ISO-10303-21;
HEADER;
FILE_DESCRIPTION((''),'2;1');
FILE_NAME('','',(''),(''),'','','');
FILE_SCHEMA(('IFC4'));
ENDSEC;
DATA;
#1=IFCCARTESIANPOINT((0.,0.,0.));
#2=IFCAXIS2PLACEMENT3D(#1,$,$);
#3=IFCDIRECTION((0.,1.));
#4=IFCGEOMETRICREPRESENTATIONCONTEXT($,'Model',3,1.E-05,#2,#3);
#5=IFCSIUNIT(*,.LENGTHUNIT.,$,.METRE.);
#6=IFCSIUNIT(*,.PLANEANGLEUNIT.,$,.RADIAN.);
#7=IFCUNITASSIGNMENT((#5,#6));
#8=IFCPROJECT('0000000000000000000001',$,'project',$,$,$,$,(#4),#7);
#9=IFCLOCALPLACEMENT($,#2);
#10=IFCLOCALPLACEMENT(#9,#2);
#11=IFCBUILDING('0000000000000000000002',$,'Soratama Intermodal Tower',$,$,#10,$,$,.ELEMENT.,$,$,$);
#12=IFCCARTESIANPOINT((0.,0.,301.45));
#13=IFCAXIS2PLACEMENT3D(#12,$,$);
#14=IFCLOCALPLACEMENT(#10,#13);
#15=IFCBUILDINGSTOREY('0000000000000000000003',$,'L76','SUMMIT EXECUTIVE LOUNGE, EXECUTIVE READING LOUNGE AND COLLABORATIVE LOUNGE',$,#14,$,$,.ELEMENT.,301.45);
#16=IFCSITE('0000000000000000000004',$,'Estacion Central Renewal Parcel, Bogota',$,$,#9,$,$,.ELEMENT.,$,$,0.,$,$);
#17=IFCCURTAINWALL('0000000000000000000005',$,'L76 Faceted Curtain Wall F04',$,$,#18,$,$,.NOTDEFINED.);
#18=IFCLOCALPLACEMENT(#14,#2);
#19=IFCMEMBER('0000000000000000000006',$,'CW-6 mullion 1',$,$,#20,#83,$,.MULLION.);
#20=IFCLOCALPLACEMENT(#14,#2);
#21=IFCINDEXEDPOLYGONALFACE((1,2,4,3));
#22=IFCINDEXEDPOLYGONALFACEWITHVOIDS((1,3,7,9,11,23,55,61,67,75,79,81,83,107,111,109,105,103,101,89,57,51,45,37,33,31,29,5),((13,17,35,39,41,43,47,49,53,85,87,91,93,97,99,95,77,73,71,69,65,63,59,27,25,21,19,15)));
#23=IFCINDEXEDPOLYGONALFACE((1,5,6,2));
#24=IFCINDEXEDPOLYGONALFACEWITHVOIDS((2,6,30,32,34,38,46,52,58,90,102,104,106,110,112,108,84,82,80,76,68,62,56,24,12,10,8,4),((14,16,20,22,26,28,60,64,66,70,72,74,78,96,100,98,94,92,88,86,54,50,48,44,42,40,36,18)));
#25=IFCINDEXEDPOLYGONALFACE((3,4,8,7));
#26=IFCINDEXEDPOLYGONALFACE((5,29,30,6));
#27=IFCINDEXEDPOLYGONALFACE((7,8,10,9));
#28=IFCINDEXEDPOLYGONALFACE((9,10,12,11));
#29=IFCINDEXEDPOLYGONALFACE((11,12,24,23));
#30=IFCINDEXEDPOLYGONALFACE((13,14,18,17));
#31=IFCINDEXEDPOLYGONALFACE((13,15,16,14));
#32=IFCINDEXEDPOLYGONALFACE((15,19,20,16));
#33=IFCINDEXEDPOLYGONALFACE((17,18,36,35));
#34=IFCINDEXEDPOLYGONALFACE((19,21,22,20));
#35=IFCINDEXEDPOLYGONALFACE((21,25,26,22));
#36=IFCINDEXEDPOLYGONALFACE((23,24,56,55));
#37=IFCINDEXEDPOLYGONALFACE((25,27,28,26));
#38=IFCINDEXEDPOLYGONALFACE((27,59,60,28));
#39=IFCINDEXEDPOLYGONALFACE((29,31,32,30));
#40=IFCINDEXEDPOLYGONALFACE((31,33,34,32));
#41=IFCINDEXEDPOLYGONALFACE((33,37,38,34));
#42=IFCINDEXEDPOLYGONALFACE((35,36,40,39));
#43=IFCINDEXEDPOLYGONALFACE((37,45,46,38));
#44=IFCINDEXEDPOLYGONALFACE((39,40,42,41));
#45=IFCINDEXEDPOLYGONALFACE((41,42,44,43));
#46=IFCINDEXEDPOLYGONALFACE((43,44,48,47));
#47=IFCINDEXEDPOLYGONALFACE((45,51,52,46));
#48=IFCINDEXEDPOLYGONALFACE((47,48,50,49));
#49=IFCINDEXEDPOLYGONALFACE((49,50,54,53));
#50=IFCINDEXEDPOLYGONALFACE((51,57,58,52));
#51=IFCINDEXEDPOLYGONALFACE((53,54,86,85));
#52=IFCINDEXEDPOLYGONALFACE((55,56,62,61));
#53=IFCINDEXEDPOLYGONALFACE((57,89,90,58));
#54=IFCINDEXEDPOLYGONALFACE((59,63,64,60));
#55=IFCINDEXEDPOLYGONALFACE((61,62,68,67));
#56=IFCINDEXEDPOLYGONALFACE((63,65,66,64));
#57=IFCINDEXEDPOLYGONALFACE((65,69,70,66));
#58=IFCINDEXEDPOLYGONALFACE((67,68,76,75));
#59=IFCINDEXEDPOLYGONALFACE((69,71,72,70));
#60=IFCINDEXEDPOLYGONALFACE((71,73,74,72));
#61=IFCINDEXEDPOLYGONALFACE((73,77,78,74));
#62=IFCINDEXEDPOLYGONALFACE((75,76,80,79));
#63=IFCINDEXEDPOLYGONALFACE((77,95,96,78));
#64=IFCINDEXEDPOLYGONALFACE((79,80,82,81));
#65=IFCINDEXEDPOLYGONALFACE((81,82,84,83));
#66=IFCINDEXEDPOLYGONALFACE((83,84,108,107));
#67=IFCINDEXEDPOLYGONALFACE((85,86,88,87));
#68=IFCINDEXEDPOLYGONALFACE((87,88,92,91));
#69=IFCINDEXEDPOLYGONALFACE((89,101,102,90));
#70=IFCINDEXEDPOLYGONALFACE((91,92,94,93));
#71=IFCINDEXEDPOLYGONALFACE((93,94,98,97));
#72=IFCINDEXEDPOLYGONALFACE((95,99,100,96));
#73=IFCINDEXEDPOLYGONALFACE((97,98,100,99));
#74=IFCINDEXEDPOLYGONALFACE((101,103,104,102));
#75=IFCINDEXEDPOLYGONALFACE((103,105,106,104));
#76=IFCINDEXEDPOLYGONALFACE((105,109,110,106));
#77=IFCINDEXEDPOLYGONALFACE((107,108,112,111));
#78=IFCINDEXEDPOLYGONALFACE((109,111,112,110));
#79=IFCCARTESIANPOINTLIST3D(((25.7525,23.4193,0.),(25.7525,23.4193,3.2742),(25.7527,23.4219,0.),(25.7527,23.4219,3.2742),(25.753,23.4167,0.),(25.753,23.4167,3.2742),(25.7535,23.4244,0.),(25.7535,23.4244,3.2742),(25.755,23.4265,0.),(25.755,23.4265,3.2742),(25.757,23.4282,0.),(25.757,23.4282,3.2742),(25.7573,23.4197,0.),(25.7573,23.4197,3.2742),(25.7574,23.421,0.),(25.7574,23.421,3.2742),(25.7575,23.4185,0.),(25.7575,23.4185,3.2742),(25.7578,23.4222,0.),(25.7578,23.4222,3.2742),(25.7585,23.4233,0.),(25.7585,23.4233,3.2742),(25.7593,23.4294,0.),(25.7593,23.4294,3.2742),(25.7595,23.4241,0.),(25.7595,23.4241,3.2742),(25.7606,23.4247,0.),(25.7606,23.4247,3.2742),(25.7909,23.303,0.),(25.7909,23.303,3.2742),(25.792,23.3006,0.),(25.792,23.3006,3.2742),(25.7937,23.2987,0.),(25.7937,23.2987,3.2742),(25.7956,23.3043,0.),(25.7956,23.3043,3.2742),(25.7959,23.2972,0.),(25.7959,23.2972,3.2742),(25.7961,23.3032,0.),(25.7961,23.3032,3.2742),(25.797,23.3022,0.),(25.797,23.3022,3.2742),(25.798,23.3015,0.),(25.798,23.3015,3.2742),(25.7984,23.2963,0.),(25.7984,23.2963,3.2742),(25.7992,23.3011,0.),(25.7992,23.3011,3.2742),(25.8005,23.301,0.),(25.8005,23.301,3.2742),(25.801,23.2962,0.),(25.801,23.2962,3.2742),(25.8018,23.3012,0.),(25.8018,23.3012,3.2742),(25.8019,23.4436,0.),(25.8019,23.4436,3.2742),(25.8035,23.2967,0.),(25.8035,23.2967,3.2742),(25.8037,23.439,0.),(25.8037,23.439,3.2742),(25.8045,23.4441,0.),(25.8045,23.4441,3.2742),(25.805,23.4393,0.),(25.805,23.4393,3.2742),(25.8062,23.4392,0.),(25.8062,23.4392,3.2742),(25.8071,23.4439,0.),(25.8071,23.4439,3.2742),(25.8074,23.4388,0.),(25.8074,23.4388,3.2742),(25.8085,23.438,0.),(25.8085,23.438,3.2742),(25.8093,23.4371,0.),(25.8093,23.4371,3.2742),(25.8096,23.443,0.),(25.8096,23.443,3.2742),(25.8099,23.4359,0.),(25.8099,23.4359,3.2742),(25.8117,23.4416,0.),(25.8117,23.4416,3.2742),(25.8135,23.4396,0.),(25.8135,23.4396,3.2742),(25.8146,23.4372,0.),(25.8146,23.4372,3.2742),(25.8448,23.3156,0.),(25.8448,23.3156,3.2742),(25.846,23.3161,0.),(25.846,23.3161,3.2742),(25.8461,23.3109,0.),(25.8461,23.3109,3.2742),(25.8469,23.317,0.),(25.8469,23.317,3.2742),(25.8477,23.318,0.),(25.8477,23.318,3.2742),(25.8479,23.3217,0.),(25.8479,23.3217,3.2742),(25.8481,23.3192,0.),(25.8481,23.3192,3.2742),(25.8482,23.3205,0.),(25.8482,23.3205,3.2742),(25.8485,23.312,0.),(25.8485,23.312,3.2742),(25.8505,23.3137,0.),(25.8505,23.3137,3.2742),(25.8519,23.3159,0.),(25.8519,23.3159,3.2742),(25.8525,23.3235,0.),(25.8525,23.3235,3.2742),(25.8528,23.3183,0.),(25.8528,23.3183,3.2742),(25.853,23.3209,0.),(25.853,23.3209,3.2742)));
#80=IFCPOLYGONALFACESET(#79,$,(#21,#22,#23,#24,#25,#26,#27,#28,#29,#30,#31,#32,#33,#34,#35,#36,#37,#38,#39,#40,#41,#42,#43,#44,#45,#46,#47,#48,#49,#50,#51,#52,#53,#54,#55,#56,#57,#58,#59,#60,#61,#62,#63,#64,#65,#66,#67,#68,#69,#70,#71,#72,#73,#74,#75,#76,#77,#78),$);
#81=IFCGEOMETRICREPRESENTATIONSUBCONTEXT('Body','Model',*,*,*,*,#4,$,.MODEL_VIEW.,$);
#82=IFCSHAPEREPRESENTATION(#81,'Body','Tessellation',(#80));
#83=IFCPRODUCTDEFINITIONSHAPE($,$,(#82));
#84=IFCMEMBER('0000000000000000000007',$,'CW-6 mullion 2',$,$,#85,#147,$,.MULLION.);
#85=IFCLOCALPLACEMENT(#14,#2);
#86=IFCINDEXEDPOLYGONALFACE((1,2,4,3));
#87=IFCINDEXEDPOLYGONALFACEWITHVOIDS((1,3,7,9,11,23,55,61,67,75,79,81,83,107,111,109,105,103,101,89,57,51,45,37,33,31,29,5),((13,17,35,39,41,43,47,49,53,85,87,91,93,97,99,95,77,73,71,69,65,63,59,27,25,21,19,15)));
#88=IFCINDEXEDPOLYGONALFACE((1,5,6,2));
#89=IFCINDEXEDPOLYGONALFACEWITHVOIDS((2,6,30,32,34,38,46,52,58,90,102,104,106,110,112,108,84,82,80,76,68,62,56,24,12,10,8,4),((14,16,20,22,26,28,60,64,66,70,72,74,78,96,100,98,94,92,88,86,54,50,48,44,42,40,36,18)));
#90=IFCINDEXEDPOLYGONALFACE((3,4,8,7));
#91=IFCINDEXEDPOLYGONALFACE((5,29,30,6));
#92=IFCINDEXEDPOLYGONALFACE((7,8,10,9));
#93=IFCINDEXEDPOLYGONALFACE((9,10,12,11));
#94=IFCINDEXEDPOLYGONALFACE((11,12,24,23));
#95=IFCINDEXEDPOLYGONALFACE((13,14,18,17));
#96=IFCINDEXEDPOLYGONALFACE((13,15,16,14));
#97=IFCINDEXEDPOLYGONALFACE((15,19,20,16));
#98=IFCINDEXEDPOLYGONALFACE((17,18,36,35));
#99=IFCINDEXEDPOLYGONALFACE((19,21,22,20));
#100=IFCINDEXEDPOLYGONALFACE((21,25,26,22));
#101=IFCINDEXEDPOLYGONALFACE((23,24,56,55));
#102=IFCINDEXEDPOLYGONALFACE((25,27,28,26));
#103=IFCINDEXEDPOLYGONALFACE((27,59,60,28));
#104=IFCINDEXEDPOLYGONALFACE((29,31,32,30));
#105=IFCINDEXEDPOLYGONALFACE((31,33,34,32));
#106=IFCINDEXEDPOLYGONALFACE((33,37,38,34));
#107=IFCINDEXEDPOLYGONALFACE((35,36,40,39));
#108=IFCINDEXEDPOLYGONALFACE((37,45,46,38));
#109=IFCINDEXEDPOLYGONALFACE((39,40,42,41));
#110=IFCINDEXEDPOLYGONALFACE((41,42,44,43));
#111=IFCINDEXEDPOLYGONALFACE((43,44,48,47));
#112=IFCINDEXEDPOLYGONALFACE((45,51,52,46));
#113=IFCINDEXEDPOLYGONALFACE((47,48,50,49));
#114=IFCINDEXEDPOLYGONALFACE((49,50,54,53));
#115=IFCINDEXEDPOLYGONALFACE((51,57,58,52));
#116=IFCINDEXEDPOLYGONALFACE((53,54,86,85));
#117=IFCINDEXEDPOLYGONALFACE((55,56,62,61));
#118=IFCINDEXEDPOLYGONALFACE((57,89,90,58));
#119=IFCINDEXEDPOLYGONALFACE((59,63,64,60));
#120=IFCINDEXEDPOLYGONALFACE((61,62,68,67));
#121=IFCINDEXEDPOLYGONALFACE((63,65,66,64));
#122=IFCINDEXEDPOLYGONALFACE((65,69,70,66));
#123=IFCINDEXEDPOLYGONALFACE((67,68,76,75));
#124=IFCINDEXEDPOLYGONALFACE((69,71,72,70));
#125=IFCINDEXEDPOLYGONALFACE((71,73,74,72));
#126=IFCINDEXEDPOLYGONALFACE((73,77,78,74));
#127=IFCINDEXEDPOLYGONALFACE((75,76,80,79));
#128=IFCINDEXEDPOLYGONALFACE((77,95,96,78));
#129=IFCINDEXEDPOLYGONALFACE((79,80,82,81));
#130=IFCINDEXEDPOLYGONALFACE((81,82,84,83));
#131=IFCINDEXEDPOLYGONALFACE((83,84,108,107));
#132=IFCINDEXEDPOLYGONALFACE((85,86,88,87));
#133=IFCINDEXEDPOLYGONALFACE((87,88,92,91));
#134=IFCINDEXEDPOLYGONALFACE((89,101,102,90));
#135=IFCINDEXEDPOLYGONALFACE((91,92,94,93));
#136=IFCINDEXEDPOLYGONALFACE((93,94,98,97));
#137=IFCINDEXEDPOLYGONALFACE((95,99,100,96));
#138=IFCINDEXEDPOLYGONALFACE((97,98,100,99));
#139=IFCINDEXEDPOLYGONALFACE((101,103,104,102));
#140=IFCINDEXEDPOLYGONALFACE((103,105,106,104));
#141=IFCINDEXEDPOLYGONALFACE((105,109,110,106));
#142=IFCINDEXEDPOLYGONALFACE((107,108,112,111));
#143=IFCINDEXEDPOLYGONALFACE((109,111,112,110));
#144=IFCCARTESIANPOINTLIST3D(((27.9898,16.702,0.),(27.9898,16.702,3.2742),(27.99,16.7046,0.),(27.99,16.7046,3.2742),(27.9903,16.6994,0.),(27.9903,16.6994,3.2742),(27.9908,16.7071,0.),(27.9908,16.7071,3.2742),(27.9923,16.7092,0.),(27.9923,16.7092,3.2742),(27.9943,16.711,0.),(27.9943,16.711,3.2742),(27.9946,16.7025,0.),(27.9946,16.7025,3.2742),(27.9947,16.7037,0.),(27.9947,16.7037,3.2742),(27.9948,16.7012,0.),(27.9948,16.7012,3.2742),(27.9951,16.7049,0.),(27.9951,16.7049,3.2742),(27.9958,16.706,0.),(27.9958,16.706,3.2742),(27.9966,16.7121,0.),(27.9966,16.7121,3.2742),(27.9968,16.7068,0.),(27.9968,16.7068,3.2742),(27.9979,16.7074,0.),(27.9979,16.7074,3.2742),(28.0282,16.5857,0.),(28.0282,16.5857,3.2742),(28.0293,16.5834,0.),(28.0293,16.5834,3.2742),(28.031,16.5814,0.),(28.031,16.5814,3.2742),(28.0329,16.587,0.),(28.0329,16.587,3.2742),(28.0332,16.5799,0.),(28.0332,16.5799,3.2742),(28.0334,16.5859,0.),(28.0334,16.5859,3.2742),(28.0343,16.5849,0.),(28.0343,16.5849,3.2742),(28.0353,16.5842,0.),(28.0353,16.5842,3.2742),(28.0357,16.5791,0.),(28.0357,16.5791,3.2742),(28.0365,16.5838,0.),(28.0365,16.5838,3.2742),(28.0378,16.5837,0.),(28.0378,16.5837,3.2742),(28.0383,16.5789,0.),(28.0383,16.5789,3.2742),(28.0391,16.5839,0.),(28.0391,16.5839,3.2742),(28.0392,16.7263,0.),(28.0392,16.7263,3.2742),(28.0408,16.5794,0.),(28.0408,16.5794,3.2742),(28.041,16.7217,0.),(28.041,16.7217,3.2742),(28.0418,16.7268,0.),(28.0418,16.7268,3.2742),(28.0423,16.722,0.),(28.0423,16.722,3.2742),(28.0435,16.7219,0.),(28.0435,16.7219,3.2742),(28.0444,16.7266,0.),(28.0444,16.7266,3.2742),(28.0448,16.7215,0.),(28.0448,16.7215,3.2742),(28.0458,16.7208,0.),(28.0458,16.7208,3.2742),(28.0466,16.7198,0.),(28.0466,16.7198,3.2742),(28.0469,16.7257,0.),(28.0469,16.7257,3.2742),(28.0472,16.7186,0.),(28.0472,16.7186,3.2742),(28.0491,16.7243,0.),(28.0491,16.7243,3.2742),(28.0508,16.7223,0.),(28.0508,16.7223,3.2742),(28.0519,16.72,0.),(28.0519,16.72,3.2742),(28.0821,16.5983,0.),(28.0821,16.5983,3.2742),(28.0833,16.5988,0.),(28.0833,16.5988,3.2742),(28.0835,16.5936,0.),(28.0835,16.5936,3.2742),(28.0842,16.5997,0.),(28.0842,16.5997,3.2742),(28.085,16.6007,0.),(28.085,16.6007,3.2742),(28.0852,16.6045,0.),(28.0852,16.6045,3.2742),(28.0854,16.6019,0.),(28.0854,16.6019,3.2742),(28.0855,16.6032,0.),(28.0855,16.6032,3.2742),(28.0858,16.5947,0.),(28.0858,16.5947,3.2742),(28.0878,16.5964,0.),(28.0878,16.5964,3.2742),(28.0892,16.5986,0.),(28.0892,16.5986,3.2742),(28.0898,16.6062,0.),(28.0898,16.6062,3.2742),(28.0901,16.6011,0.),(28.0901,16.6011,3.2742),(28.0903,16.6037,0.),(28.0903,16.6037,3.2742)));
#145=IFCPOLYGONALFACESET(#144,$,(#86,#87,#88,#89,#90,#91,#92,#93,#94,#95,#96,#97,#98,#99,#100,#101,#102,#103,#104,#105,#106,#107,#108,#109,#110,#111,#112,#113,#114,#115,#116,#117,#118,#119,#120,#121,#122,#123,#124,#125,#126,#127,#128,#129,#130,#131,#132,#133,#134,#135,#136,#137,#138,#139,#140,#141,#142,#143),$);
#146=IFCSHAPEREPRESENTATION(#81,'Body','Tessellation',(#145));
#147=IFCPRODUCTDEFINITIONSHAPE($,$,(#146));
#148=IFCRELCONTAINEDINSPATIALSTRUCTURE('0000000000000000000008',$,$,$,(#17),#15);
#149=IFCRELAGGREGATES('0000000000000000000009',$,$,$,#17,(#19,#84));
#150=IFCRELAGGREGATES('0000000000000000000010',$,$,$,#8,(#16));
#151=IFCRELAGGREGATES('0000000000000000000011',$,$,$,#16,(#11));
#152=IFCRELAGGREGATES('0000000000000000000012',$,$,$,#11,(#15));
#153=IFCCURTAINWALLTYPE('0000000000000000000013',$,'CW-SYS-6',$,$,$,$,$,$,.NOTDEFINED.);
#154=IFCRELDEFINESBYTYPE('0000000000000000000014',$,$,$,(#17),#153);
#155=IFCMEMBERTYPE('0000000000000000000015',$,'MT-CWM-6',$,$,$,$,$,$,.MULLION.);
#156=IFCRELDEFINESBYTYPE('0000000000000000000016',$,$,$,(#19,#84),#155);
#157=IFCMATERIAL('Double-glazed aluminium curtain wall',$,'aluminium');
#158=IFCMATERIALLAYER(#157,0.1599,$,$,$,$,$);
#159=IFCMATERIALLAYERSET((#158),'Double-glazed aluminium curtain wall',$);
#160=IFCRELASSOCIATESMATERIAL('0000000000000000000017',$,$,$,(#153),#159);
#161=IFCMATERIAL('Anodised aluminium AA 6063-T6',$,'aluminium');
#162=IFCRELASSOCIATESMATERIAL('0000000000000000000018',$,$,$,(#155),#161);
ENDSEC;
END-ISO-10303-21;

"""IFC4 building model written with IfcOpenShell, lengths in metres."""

from ifc_helpers import new_model, si_unit, direction, frame, origin, origin_2d, place, context, subcontext, project, spatial, hollow_rectangle, extrude, material, layer, layer_set, material_profile, profile_set, type_object, element, aggregate, save


model = new_model("IFC4")

# Units and contexts
model_context = context("Model", 3, precision=1e-05, world=origin(), true_north=direction((0.0, 1.0)))
body_context = subcontext(model_context, "Body", "Model", "MODEL_VIEW")
ifc_project = project(units=[si_unit("LENGTHUNIT", "METRE"), si_unit("PLANEANGLEUNIT", "RADIAN")], contexts=[model_context])

# Site, building, storey
site_placement = place(None, origin())
site = spatial("IfcSite", under=ifc_project, at=site_placement, Name="Estacion Central Renewal Parcel, Bogota", CompositionType="ELEMENT", RefElevation=0.0)
building_placement = place(site_placement, origin())
building = spatial("IfcBuilding", under=site, at=building_placement, Name="Soratama Intermodal Tower", CompositionType="ELEMENT")
storey_placement = place(building_placement, frame((0.0, 0.0, 301.45)))
storey = spatial("IfcBuildingStorey", under=building, at=storey_placement, Name="L76", Description="SUMMIT EXECUTIVE LOUNGE, EXECUTIVE READING LOUNGE AND COLLABORATIVE LOUNGE", CompositionType="ELEMENT", Elevation=301.45)

# Curtain wall, members
ifc_material_1 = material(Name="Double-glazed aluminium curtain wall", Category="aluminium")
ifc_layer_1 = layer(ifc_material_1, 0.1599)
ifc_layer_set_1 = layer_set([ifc_layer_1], Name="Double-glazed aluminium curtain wall")
curtain_wall_type = type_object("IfcCurtainWallType", Name="CW-SYS-6", PredefinedType="NOTDEFINED", material=ifc_layer_set_1)
curtain_wall_1_placement = place(storey_placement, origin())
curtain_wall_1 = element("IfcCurtainWall", 1, at=curtain_wall_1_placement, inside=storey, type_object=curtain_wall_type, Name="L76 Faceted Curtain Wall F04", PredefinedType="NOTDEFINED")
ifc_material_2 = material(Name="Anodised aluminium AA 6063-T6", Category="aluminium")
ifc_material_profile_1 = material_profile(ifc_material_2, hollow_rectangle(XDim=0.0649, YDim=0.1399, WallThickness=0.0049, InnerFilletRadius=0.0049, OuterFilletRadius=0.01, at=origin_2d()), Name="CWM140X65X5")
ifc_profile_set_1 = profile_set([ifc_material_profile_1], Name="Anodised aluminium AA 6063-T6")
member_type_1 = type_object("IfcMemberType", Name="MT-CWM-6", PredefinedType="MULLION", material=ifc_profile_set_1)
member_1_placement = place(storey_placement, frame((25.8027, 23.3701, 0.0), z_axis=(0.0, 0.0, 1.0), x_axis=(0.948767, 0.315976, 0.0)))
member_1 = element("IfcMember", 2, at=member_1_placement, type_object=member_type_1, Name="CW-6 mullion 1", PredefinedType="MULLION", context=body_context, shape_type="SweptSolid", body=[
    extrude(hollow_rectangle(XDim=0.0649, YDim=0.1399, WallThickness=0.0049, InnerFilletRadius=0.0049, OuterFilletRadius=0.01, at=origin_2d()), origin(), (0.0, 0.0, 1.0), 3.2742),
])
member_2_placement = place(storey_placement, frame((28.04, 16.6528, 0.0), z_axis=(0.0, 0.0, 1.0), x_axis=(0.948767, 0.315976, 0.0)))
member_2 = element("IfcMember", 3, at=member_2_placement, type_object=member_type_1, Name="CW-6 mullion 2", PredefinedType="MULLION", context=body_context, shape_type="SweptSolid", body=[
    extrude(hollow_rectangle(XDim=0.0649, YDim=0.1399, WallThickness=0.0049, InnerFilletRadius=0.0049, OuterFilletRadius=0.01, at=origin_2d()), origin(), (0.0, 0.0, 1.0), 3.2742),
])

aggregate(curtain_wall_1, [member_1, member_2])

save(model, "model.ifc")
